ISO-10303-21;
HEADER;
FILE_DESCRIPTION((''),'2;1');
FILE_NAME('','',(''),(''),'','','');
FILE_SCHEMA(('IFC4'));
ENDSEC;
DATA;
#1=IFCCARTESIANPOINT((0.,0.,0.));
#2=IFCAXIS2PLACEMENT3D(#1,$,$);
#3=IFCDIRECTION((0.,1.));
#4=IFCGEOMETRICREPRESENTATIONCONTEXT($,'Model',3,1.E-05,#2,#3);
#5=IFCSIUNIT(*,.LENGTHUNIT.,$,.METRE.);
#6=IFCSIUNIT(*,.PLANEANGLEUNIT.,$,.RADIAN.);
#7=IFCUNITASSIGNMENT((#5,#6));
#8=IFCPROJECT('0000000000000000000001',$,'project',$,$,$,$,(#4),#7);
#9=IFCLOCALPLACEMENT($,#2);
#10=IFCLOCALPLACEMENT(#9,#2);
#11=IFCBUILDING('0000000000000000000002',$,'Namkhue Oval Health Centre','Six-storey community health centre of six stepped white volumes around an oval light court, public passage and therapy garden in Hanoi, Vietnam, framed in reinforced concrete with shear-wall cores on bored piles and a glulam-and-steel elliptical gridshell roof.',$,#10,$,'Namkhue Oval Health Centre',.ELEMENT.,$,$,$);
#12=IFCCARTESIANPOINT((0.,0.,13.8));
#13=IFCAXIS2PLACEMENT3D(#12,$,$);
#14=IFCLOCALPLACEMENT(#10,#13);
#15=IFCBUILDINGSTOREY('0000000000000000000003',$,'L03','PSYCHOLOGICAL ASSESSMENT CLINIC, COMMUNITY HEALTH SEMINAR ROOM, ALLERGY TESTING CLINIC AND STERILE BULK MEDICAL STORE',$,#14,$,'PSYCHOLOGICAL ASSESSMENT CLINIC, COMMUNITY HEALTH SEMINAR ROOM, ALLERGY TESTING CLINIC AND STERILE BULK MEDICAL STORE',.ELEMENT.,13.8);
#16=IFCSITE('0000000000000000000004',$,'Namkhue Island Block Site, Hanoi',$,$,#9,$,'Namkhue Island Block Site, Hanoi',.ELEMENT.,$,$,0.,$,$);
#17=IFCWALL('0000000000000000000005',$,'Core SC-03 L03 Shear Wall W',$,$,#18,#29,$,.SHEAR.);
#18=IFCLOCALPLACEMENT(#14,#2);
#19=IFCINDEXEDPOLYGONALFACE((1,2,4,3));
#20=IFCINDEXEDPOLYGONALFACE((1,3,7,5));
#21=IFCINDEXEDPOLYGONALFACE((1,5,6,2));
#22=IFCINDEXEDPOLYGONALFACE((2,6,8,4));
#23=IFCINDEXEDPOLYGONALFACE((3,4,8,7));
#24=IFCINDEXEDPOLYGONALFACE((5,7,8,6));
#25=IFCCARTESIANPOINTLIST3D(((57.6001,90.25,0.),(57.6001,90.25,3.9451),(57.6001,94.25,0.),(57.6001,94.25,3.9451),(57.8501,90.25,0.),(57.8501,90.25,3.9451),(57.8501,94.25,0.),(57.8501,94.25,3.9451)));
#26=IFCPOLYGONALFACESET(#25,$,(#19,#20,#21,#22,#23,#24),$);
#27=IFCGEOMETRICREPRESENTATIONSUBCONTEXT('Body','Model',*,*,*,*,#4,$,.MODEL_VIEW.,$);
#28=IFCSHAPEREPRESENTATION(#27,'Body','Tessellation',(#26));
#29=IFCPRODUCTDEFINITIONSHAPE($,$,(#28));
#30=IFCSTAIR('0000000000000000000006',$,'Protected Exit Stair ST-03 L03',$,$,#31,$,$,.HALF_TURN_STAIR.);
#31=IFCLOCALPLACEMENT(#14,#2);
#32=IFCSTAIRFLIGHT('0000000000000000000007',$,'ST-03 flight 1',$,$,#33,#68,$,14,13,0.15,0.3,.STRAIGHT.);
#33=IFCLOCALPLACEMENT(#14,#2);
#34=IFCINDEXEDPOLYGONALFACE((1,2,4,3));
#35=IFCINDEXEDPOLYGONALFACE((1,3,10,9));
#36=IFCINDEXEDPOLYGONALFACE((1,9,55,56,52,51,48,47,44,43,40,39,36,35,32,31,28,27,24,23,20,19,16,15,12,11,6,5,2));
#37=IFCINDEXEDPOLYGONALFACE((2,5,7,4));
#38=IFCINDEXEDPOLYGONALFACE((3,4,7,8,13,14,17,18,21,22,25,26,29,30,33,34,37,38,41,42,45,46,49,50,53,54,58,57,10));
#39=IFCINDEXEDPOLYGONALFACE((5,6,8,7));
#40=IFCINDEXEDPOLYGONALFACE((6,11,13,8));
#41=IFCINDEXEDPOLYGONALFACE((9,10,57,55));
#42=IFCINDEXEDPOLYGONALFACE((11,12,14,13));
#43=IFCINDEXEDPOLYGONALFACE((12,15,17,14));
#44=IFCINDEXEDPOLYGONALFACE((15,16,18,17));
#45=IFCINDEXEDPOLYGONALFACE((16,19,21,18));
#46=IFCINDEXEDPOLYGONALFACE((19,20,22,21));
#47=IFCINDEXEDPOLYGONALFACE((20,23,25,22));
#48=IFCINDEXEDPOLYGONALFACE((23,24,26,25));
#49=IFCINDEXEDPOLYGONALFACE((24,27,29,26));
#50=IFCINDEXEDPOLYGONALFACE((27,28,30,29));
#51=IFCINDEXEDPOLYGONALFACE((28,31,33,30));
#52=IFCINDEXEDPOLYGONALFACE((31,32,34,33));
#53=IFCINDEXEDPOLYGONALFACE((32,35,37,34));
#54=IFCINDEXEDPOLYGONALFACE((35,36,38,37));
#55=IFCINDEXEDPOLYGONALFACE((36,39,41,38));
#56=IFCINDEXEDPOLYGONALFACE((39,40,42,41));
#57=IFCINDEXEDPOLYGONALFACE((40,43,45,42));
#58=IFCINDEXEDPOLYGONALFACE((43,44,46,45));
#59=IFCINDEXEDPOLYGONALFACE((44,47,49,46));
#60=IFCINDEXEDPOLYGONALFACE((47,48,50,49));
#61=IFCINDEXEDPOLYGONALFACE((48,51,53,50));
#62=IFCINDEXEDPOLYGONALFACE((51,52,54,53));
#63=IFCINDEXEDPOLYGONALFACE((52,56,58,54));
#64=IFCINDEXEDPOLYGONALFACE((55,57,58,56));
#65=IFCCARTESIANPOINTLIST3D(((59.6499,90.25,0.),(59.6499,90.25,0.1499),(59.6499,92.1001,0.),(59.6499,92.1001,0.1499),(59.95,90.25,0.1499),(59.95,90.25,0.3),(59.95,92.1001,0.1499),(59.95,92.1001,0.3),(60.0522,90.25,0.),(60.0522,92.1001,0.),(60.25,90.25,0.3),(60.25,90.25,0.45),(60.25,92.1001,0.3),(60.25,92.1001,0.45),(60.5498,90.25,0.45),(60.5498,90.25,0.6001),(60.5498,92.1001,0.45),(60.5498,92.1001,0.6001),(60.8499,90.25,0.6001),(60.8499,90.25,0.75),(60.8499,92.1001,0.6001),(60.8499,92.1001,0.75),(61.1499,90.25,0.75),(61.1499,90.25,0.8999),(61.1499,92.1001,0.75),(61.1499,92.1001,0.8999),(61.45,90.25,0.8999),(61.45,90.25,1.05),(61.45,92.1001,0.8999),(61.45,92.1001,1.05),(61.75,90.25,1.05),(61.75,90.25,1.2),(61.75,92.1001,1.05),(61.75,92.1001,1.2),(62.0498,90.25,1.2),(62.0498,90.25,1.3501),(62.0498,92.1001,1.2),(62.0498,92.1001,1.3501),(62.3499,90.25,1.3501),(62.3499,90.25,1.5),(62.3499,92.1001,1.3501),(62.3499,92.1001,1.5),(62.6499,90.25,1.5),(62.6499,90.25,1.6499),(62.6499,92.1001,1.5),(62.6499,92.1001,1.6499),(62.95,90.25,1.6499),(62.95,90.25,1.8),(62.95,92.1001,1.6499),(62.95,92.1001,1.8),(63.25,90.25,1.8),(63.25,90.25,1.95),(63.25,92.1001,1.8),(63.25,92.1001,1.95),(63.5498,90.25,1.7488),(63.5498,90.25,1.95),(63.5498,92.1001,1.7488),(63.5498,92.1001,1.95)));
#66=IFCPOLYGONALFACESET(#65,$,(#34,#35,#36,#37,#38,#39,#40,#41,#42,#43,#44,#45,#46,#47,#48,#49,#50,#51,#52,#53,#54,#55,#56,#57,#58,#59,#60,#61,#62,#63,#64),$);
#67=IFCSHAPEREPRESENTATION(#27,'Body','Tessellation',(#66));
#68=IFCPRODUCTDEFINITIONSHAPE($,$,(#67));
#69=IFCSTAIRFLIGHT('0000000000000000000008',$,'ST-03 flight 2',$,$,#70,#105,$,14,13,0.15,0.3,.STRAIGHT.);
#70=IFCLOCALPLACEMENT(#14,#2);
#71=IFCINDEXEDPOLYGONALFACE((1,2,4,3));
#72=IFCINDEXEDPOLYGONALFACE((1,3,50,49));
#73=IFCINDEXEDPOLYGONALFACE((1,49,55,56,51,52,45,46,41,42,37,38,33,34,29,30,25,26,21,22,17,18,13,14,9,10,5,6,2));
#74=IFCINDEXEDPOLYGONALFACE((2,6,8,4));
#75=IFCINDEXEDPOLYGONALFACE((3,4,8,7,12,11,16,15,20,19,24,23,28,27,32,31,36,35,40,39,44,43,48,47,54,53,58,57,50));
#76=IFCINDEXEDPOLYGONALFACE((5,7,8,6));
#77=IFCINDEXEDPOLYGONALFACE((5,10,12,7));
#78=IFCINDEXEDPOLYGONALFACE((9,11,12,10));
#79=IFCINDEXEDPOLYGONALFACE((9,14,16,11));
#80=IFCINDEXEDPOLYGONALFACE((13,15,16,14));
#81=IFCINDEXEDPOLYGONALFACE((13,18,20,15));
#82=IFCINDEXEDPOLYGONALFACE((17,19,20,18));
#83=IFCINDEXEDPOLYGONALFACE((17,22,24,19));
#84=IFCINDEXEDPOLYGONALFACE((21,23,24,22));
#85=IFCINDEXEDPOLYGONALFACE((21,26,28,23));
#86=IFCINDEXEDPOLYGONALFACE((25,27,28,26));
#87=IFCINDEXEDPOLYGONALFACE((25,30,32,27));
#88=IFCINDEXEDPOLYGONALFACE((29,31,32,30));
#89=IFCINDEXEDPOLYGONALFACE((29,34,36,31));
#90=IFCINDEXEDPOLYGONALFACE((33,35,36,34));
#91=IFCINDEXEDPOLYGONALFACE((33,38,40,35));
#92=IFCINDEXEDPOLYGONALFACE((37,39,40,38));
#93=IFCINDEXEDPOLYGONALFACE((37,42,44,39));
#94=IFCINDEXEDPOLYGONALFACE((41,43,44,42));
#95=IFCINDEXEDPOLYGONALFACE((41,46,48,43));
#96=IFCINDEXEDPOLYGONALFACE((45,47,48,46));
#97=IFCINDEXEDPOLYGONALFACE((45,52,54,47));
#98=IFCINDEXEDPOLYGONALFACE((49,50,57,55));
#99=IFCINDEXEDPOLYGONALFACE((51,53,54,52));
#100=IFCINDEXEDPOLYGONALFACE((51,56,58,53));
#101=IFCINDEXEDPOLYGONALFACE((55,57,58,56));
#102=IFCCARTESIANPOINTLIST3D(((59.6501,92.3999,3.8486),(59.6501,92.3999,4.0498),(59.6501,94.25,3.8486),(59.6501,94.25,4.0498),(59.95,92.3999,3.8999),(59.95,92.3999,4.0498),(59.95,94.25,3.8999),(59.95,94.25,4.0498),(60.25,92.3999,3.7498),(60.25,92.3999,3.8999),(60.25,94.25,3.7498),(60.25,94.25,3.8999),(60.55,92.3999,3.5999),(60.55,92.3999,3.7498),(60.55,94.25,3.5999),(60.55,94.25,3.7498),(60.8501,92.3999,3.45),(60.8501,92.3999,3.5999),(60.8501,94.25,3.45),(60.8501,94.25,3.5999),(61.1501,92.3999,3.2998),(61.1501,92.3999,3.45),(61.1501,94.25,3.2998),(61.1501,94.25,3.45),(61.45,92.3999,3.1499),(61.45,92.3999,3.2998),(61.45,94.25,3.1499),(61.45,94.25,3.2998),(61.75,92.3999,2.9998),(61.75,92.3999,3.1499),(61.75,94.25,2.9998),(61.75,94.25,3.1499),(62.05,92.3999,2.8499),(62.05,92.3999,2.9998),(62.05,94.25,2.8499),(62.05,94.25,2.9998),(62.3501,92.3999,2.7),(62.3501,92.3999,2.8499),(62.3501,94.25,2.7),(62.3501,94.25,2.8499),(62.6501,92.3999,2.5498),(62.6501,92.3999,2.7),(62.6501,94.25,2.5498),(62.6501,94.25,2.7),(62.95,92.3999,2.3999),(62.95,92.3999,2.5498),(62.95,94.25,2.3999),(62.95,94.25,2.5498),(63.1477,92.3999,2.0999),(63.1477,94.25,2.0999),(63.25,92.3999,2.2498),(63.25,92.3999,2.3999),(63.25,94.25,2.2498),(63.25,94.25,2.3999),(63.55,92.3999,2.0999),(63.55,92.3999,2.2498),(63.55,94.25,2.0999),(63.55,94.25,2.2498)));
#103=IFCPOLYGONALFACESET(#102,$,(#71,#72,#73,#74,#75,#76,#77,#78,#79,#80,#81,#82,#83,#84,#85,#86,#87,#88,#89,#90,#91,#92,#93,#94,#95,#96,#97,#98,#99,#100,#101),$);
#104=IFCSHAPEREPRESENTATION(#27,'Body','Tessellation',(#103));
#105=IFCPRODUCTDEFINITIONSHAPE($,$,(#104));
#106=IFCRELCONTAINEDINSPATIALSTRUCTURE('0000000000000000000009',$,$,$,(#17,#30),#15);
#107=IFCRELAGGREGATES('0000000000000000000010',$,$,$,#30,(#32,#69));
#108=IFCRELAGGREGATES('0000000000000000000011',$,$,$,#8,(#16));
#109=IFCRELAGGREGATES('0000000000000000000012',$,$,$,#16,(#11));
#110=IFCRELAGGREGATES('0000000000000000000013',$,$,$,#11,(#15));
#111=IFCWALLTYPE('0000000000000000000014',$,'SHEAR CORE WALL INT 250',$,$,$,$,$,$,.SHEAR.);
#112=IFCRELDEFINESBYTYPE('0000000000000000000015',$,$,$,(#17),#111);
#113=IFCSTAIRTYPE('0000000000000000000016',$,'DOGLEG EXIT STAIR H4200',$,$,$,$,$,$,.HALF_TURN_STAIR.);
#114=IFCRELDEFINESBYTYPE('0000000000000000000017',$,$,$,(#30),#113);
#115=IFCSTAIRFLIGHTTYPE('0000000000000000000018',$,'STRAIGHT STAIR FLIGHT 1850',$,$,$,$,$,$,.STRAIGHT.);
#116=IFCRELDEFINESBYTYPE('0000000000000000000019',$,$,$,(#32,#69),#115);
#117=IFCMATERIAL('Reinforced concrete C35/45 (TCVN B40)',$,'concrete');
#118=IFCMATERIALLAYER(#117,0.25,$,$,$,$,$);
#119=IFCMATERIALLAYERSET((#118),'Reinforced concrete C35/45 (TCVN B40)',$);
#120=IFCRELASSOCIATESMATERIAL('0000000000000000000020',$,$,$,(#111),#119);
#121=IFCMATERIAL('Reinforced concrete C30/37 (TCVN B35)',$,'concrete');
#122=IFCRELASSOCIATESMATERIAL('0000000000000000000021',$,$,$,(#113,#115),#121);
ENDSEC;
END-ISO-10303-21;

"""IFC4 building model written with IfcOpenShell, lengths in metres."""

from ifc_helpers import new_model, si_unit, direction, frame, frame_2d, origin, place, context, subcontext, project, spatial, polyline, rectangle, outline, extrude, material, layer, layer_set, type_object, element, aggregate, save


model = new_model("IFC4")

# Units and contexts
model_context = context("Model", 3, precision=1e-05, world=origin(), true_north=direction((0.0, 1.0)))
body_context = subcontext(model_context, "Body", "Model", "MODEL_VIEW")
ifc_project = project(units=[si_unit("LENGTHUNIT", "METRE"), si_unit("PLANEANGLEUNIT", "RADIAN")], contexts=[model_context])

# Site, building, storey
site_placement = place(None, origin())
site = spatial("IfcSite", under=ifc_project, at=site_placement, Name="Namkhue Island Block Site, Hanoi", LongName="Namkhue Island Block Site, Hanoi", CompositionType="ELEMENT", RefElevation=0.0)
building_placement = place(site_placement, origin())
building = spatial("IfcBuilding", under=site, at=building_placement, Name="Namkhue Oval Health Centre", Description="Six-storey community health centre of six stepped white volumes around an oval light court, public passage and therapy garden in Hanoi, Vietnam, framed in reinforced concrete with shear-wall cores on bored piles and a glulam-and-steel elliptical gridshell roof.", LongName="Namkhue Oval Health Centre", CompositionType="ELEMENT")
storey_placement = place(building_placement, frame((0.0, 0.0, 13.8)))
storey = spatial("IfcBuildingStorey", under=building, at=storey_placement, Name="L03", Description="PSYCHOLOGICAL ASSESSMENT CLINIC, COMMUNITY HEALTH SEMINAR ROOM, ALLERGY TESTING CLINIC AND STERILE BULK MEDICAL STORE", LongName="PSYCHOLOGICAL ASSESSMENT CLINIC, COMMUNITY HEALTH SEMINAR ROOM, ALLERGY TESTING CLINIC AND STERILE BULK MEDICAL STORE", CompositionType="ELEMENT", Elevation=13.8)

# Shared definitions
ifc_material_1 = material(Name="Reinforced concrete C35/45 (TCVN B40)", Category="concrete")

# Shared definitions
ifc_layer_1 = layer(ifc_material_1, 0.25)
ifc_layer_set_1 = layer_set([ifc_layer_1], Name="Reinforced concrete C35/45 (TCVN B40)")
wall_type_1 = type_object("IfcWallType", Name="SHEAR CORE WALL INT 250", PredefinedType="SHEAR", material=ifc_layer_set_1)

# Wall
wall_1_placement = place(storey_placement, frame((57.7251, 94.25, 0.0), z_axis=(0.0, 0.0, 1.0), x_axis=(0.0, -1.0, 0.0)))
element("IfcWall", 1, at=wall_1_placement, inside=storey, type_object=wall_type_1, Name="Core SC-03 L03 Shear Wall W", PredefinedType="SHEAR", context=body_context, shape_type="SweptSolid", body=[
    extrude(rectangle(XDim=4.0, YDim=0.25, at=frame_2d((2.0, 0.0))), origin(), (0.0, 0.0, 1.0), 3.9451),
])

# Stair, stair flights
ifc_material_2 = material(Name="Reinforced concrete C30/37 (TCVN B35)", Category="concrete")
stair_type = type_object("IfcStairType", Name="DOGLEG EXIT STAIR H4200", PredefinedType="HALF_TURN_STAIR", material=ifc_material_2)
stair_placement = place(storey_placement, origin())
stair = element("IfcStair", 2, at=stair_placement, inside=storey, type_object=stair_type, Name="Protected Exit Stair ST-03 L03", PredefinedType="HALF_TURN_STAIR")
stair_flight_type = type_object("IfcStairFlightType", Name="STRAIGHT STAIR FLIGHT 1850", PredefinedType="STRAIGHT", material=ifc_material_2)
stair_flight_1_placement = place(storey_placement, frame((59.6499, 91.175, 0.0), z_axis=(0.0, 0.0, 1.0), x_axis=(1.0, 0.0, 0.0)))
stair_flight_1 = element("IfcStairFlight", 3, at=stair_flight_1_placement, type_object=stair_flight_type, Name="ST-03 flight 1", NumberOfRisers=14, NumberOfTreads=13, PredefinedType="STRAIGHT", RiserHeight=0.15, TreadLength=0.3, context=body_context, shape_type="SweptSolid", body=[
    extrude(outline(polyline([(0.0, 0.0), (0.0, 0.1499), (0.3, 0.1499), (0.3, 0.3), (0.6001, 0.3), (0.6001, 0.45), (0.8999, 0.45), (0.8999, 0.6001), (1.2, 0.6001), (1.2, 0.75), (1.5, 0.75), (1.5, 0.8999), (1.8, 0.8999), (1.8, 1.05), (2.1001, 1.05), (2.1001, 1.2), (2.3999, 1.2), (2.3999, 1.3501), (2.7, 1.3501), (2.7, 1.5), (3.0, 1.5), (3.0, 1.6499), (3.3, 1.6499), (3.3, 1.8), (3.6001, 1.8), (3.6001, 1.95), (3.8999, 1.95), (3.8999, 2.1001), (3.8999, 1.7488), (0.4023, 0.0), (0.0, 0.0)])), frame((0.0, 0.925, 0.0), z_axis=(0.0, -1.0, 0.0), x_axis=(1.0, 0.0, 0.0)), (0.0, 0.0, 1.0), 1.8501),
])
stair_flight_2_placement = place(storey_placement, frame((63.55, 93.325, 2.0999), z_axis=(0.0, 0.0, 1.0), x_axis=(-1.0, 0.0, 0.0)))
stair_flight_2 = element("IfcStairFlight", 4, at=stair_flight_2_placement, type_object=stair_flight_type, Name="ST-03 flight 2", NumberOfRisers=14, NumberOfTreads=13, PredefinedType="STRAIGHT", RiserHeight=0.15, TreadLength=0.3, context=body_context, shape_type="SweptSolid", body=[
    extrude(outline(polyline([(0.0, 0.0), (0.0, 0.1499), (0.3, 0.1499), (0.3, 0.3), (0.6001, 0.3), (0.6001, 0.45), (0.8999, 0.45), (0.8999, 0.6001), (1.2, 0.6001), (1.2, 0.75), (1.5, 0.75), (1.5, 0.8999), (1.8, 0.8999), (1.8, 1.05), (2.1001, 1.05), (2.1001, 1.2), (2.3999, 1.2), (2.3999, 1.3501), (2.7, 1.3501), (2.7, 1.5), (3.0, 1.5), (3.0, 1.6499), (3.3, 1.6499), (3.3, 1.8), (3.6001, 1.8), (3.6001, 1.95), (3.8999, 1.95), (3.8999, 2.1001), (3.8999, 1.7488), (0.4023, 0.0), (0.0, 0.0)])), frame((0.0, 0.925, 0.0), z_axis=(0.0, -1.0, 0.0), x_axis=(1.0, 0.0, 0.0)), (0.0, 0.0, 1.0), 1.8501),
])
aggregate(stair, [stair_flight_1, stair_flight_2])

save(model, "model.ifc")
